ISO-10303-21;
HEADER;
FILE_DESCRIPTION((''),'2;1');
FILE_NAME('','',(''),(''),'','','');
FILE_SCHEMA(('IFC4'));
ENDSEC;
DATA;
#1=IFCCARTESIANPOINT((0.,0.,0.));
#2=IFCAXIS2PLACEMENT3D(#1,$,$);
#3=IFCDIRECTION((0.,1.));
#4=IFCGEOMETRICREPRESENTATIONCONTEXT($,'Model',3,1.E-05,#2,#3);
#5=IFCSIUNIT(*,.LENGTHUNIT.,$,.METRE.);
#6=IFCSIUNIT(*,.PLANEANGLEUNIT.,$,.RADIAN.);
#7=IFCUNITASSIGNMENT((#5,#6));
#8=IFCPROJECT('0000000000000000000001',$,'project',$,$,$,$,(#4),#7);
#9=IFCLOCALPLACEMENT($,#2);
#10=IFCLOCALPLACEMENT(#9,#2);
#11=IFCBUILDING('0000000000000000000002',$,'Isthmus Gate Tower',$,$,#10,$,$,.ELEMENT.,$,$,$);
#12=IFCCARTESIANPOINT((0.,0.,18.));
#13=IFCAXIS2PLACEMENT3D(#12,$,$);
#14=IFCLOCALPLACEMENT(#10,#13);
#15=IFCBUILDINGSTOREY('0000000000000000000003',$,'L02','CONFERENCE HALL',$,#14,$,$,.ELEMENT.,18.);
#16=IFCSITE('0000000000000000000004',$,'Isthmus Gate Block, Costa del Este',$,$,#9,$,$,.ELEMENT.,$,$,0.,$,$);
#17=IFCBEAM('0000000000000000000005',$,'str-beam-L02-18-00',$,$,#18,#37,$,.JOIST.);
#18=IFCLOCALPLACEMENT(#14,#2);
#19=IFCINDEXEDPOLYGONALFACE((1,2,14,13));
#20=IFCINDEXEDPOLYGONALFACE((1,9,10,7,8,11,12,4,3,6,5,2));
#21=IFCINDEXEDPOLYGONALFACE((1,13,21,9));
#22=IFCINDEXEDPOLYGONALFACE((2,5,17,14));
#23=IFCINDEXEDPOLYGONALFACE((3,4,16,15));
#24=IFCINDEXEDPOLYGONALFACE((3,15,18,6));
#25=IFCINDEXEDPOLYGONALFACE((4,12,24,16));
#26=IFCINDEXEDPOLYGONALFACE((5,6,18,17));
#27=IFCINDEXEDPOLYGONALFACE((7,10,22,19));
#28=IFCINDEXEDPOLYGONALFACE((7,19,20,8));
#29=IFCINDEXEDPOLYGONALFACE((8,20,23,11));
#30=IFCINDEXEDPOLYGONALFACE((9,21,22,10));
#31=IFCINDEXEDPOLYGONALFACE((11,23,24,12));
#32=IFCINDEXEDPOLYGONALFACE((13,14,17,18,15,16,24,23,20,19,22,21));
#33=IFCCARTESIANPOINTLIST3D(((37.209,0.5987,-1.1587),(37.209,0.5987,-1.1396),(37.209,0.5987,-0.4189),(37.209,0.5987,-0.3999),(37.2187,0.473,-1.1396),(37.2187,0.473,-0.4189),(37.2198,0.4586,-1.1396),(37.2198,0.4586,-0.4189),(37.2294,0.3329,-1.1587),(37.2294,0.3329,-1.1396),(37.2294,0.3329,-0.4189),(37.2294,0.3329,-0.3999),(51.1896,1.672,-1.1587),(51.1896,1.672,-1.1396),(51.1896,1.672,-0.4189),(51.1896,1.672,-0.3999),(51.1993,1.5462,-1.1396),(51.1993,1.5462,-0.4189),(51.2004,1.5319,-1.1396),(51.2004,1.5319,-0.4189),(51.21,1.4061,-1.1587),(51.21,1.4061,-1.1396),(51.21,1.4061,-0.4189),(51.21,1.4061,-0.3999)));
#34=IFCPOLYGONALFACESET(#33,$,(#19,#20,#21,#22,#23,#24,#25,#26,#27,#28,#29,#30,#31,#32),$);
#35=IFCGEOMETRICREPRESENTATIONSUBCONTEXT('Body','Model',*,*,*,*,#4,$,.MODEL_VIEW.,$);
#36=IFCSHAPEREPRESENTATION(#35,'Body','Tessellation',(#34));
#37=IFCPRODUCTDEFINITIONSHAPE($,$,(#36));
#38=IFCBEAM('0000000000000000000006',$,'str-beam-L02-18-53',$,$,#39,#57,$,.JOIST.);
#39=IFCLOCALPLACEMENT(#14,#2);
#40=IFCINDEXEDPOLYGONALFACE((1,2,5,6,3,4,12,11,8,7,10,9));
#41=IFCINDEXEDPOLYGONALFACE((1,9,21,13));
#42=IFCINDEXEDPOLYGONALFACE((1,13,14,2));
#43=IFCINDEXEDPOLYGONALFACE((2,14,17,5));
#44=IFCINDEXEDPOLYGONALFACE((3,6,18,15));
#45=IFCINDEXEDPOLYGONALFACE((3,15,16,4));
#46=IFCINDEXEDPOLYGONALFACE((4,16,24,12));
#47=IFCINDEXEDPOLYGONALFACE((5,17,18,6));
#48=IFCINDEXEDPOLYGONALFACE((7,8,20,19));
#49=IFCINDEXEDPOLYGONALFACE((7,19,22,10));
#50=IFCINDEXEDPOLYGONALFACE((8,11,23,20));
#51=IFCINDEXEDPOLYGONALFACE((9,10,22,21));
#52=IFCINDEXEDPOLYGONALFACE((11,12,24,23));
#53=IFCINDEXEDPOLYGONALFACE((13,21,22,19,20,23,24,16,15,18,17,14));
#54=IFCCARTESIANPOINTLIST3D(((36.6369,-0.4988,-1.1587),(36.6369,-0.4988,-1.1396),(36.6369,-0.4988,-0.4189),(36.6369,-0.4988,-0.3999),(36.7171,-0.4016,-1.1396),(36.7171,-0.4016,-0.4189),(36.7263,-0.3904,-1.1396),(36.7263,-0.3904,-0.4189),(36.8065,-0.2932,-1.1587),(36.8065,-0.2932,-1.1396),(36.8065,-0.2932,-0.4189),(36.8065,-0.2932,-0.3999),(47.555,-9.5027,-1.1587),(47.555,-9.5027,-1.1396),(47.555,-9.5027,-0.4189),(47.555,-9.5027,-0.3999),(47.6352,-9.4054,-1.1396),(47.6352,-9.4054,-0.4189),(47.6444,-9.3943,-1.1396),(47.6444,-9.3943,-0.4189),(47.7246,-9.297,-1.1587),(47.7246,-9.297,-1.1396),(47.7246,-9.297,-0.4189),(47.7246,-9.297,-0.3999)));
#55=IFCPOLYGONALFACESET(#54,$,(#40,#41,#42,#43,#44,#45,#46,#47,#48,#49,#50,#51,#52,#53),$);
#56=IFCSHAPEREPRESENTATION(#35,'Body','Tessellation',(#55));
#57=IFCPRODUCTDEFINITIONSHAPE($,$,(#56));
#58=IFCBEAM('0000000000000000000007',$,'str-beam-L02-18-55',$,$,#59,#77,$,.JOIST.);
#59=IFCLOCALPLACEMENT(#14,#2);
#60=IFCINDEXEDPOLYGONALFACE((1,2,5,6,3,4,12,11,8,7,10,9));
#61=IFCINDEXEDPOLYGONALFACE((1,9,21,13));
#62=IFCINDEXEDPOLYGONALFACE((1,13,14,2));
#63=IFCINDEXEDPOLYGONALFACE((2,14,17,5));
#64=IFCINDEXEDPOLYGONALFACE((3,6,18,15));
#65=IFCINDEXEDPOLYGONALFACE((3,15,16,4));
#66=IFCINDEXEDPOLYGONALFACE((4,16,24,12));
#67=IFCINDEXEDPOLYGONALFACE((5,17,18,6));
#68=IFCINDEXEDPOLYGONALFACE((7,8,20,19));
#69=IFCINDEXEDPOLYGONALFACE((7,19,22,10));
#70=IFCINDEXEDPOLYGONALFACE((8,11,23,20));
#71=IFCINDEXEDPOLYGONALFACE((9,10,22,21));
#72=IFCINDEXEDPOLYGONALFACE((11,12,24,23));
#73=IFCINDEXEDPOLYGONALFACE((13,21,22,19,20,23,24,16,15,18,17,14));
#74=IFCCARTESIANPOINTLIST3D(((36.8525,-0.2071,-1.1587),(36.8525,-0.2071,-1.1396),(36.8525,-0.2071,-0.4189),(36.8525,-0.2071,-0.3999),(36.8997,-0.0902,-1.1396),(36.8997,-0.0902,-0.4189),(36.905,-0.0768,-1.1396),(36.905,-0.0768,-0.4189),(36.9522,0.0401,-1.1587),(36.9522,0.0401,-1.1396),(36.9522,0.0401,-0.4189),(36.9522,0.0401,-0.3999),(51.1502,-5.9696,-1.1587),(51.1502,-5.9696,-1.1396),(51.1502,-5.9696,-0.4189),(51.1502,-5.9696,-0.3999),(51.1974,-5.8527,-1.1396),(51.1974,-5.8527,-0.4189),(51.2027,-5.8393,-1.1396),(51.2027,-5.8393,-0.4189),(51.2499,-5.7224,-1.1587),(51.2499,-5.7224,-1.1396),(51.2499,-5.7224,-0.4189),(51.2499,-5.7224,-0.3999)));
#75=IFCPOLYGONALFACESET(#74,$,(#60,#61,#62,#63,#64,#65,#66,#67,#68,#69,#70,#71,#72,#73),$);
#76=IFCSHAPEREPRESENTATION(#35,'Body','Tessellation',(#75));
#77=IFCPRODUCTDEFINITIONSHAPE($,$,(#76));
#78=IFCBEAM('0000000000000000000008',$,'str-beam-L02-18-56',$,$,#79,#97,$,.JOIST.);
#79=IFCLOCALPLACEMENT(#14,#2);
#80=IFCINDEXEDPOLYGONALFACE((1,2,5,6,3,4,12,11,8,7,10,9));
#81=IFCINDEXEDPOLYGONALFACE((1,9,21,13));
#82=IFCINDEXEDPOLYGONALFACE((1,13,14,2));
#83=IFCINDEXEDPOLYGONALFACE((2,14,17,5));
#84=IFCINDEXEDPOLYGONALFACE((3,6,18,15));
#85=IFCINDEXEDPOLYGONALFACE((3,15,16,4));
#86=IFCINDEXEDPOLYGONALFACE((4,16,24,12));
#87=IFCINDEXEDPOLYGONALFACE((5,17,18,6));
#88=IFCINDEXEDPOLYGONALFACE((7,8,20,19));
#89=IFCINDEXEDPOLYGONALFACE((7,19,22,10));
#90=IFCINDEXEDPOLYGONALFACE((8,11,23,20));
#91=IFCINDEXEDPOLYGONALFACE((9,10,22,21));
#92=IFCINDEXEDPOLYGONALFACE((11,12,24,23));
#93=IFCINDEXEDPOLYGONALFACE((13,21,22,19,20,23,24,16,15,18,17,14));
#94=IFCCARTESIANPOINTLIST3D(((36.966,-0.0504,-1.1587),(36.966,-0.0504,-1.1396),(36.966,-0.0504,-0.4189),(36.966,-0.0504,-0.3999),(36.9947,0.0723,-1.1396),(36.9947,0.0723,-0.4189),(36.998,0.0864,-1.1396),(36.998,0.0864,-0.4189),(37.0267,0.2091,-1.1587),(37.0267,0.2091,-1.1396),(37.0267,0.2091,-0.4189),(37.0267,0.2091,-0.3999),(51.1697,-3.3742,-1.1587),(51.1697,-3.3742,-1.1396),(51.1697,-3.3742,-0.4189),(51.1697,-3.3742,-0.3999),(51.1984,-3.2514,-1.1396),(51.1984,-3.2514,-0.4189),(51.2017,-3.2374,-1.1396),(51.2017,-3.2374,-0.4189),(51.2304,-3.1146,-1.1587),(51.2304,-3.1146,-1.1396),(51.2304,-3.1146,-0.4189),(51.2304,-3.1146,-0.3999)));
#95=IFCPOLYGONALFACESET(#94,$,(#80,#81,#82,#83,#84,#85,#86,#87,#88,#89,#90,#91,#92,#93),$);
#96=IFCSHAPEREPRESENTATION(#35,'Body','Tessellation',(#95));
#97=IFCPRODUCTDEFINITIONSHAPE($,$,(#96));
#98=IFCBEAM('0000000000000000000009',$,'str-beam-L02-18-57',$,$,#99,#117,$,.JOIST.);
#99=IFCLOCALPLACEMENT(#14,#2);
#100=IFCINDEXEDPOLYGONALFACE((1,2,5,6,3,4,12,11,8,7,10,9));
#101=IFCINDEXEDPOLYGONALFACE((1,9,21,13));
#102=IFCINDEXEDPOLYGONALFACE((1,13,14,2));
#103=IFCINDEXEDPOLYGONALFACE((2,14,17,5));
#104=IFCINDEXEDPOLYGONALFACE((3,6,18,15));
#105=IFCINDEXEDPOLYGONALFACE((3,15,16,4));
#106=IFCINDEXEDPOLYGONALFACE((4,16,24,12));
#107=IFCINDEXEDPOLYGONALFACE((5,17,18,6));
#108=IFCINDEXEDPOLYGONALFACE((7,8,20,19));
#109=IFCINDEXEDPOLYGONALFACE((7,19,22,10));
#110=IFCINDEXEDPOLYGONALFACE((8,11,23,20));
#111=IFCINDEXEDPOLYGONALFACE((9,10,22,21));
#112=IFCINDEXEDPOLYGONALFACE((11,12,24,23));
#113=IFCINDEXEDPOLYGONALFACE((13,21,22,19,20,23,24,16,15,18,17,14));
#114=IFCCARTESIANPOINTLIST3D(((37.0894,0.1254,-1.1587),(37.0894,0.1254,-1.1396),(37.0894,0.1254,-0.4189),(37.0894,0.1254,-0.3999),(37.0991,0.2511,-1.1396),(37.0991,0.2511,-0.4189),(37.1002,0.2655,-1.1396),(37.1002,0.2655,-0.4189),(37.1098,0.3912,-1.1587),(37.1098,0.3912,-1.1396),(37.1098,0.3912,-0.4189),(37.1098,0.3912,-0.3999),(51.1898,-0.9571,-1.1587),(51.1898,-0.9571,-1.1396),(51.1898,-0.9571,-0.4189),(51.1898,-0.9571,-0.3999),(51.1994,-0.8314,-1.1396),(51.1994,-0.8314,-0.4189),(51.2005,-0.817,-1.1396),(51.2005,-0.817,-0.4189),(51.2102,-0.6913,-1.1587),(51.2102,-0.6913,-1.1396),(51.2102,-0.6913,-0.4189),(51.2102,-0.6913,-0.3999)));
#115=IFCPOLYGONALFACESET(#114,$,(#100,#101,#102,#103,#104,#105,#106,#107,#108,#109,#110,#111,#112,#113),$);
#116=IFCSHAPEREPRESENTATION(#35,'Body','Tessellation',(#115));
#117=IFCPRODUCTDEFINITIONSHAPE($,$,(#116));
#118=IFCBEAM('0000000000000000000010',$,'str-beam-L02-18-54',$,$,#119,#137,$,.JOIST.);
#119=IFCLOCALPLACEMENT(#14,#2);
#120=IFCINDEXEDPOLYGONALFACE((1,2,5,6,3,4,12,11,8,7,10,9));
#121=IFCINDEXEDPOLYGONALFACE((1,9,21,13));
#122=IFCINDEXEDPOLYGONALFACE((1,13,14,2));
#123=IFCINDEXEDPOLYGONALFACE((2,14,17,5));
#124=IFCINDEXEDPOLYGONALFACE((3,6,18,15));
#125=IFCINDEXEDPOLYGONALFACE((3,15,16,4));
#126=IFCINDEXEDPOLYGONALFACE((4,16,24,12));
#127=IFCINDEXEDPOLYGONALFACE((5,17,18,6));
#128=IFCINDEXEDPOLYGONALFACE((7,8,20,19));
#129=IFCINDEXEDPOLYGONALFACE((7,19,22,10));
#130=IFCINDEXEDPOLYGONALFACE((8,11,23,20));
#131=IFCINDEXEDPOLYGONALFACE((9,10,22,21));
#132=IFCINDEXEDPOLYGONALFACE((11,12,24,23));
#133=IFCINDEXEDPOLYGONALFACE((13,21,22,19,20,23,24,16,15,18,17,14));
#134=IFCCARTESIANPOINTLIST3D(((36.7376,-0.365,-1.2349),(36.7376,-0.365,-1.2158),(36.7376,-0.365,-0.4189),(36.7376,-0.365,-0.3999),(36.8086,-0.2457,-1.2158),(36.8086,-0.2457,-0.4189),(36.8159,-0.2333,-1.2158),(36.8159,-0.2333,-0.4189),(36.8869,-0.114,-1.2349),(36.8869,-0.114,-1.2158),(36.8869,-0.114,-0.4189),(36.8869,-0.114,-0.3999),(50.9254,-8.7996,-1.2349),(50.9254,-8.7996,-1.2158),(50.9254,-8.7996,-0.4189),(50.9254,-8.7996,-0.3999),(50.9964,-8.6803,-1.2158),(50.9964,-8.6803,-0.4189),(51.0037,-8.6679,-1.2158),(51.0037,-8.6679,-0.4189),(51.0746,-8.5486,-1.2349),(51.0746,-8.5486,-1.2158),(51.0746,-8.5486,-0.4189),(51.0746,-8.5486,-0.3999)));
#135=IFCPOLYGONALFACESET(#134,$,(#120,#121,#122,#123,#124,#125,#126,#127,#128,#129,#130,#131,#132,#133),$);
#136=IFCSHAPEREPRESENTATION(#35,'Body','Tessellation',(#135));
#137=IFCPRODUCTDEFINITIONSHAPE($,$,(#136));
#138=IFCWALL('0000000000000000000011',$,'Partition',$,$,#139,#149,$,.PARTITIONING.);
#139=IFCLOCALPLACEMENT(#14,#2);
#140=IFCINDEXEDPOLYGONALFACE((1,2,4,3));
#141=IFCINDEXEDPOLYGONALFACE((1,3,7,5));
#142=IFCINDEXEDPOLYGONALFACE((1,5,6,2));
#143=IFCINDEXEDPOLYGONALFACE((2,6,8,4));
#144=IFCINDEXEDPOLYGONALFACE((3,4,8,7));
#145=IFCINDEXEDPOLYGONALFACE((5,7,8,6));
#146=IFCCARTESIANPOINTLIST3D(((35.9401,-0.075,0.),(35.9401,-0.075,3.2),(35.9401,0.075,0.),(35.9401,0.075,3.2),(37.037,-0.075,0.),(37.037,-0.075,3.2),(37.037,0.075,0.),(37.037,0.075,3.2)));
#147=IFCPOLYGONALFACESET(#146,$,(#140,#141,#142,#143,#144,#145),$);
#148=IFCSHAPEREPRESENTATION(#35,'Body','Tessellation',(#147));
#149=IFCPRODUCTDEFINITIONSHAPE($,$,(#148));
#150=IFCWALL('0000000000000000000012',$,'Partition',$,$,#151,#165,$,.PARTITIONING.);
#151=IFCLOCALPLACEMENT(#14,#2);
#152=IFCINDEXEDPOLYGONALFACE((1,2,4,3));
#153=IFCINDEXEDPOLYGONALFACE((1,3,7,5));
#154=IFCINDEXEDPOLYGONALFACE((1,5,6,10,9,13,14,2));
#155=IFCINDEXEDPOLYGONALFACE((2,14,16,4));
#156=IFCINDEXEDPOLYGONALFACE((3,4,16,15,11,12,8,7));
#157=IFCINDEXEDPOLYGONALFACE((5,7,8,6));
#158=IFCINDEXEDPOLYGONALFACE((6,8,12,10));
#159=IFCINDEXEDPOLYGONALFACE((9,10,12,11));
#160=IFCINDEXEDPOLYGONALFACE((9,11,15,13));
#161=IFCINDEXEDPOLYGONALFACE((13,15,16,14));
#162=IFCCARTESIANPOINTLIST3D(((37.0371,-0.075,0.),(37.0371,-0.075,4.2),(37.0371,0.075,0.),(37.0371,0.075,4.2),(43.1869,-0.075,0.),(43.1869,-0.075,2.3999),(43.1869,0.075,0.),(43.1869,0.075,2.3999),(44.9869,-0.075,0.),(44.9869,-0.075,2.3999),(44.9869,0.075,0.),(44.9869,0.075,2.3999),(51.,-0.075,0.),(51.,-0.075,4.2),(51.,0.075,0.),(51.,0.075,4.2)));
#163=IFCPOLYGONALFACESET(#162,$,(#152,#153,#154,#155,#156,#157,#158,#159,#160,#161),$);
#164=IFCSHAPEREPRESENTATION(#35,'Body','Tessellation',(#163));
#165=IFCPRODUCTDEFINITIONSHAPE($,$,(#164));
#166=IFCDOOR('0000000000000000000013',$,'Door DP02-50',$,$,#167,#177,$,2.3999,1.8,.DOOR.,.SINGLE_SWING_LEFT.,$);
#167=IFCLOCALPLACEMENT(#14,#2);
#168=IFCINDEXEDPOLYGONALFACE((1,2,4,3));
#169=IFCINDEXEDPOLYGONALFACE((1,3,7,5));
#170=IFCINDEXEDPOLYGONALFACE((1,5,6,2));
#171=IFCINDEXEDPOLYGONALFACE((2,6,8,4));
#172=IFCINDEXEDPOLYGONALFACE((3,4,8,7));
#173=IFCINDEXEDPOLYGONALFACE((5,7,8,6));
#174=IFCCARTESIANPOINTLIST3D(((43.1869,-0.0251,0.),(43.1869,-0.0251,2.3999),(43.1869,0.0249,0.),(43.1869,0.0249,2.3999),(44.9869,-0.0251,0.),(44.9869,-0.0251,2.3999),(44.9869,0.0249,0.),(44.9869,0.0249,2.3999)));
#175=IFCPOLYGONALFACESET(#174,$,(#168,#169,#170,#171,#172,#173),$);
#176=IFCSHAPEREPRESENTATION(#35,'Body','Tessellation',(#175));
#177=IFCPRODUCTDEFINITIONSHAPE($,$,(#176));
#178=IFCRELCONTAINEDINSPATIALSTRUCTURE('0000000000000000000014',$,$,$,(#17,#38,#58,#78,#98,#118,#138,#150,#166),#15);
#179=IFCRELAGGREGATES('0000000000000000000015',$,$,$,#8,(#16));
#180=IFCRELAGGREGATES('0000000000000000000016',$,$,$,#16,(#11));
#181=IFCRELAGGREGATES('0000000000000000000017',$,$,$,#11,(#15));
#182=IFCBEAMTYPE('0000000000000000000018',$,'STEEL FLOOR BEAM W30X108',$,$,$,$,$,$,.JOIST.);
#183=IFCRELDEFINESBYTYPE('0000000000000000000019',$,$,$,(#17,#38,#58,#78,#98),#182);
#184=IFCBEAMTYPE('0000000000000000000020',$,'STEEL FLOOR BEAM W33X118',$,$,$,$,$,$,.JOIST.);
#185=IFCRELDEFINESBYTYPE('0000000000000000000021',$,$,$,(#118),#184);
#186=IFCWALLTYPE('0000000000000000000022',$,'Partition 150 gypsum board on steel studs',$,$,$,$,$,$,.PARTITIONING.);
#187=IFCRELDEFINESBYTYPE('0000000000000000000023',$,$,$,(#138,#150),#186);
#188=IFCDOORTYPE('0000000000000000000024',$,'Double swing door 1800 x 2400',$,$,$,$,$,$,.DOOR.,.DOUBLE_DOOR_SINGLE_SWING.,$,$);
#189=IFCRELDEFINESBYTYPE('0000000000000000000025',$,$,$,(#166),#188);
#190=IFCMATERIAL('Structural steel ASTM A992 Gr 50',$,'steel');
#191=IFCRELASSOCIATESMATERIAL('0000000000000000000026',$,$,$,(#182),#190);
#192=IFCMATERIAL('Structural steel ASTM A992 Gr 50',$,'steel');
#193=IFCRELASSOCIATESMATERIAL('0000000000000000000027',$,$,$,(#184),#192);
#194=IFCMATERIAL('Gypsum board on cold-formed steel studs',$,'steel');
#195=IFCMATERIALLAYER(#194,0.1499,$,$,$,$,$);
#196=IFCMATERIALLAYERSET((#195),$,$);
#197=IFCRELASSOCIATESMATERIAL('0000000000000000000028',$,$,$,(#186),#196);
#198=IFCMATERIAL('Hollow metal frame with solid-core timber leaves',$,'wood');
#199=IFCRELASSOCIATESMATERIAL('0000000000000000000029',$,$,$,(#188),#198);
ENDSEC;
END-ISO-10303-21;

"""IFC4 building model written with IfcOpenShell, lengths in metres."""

from ifc_helpers import new_model, si_unit, direction, frame, frame_2d, origin, origin_2d, place, context, subcontext, project, spatial, rectangle, i_section, extrude, material, layer, layer_set, material_profile, profile_set, type_object, element, fill, save


model = new_model("IFC4")

# Units and contexts
model_context = context("Model", 3, precision=1e-05, world=origin(), true_north=direction((0.0, 1.0)))
body_context = subcontext(model_context, "Body", "Model", "MODEL_VIEW")
ifc_project = project(units=[si_unit("LENGTHUNIT", "METRE"), si_unit("PLANEANGLEUNIT", "RADIAN")], contexts=[model_context])

# Site, building, storey
site_placement = place(None, origin())
site = spatial("IfcSite", under=ifc_project, at=site_placement, Name="Isthmus Gate Block, Costa del Este", CompositionType="ELEMENT", RefElevation=0.0)
building_placement = place(site_placement, origin())
building = spatial("IfcBuilding", under=site, at=building_placement, Name="Isthmus Gate Tower", CompositionType="ELEMENT")
storey_placement = place(building_placement, frame((0.0, 0.0, 18.0)))
storey = spatial("IfcBuildingStorey", under=building, at=storey_placement, Name="L02", Description="CONFERENCE HALL", CompositionType="ELEMENT", Elevation=18.0)

# Beams
ifc_material_1 = material(Name="Structural steel ASTM A992 Gr 50", Category="steel")
ifc_material_profile_1 = material_profile(ifc_material_1, i_section(OverallWidth=0.2666, OverallDepth=0.7588, WebThickness=0.0144, FlangeThickness=0.019, at=origin_2d()), Name="W30X108")
ifc_profile_set_1 = profile_set([ifc_material_profile_1], Name="Structural steel ASTM A992 Gr 50")
beam_type_1 = type_object("IfcBeamType", Name="STEEL FLOOR BEAM W30X108", PredefinedType="JOIST", material=ifc_profile_set_1)
beam_1_placement = place(storey_placement, frame((37.2192, 0.4658, -0.7793), z_axis=(0.997066, 0.076541, 0.0), x_axis=(-0.076541, 0.997066, 0.0)))
element("IfcBeam", 1, at=beam_1_placement, inside=storey, type_object=beam_type_1, Name="str-beam-L02-18-00", PredefinedType="JOIST", context=body_context, shape_type="SweptSolid", body=[
    extrude(i_section(OverallWidth=0.2666, OverallDepth=0.7588, WebThickness=0.0144, FlangeThickness=0.019, at=origin_2d()), origin(), (0.0, 0.0, 1.0), 14.0217),
])
beam_2_placement = place(storey_placement, frame((36.7217, -0.396, -0.7793), z_axis=(0.771499, -0.636231, 0.0), x_axis=(0.636231, 0.771499, 0.0)))
element("IfcBeam", 2, at=beam_2_placement, inside=storey, type_object=beam_type_1, Name="str-beam-L02-18-53", PredefinedType="JOIST", context=body_context, shape_type="SweptSolid", body=[
    extrude(i_section(OverallWidth=0.2666, OverallDepth=0.7588, WebThickness=0.0144, FlangeThickness=0.019, at=origin_2d()), origin(), (0.0, 0.0, 1.0), 14.1519),
])
beam_3_placement = place(storey_placement, frame((36.9023, -0.0835, -0.7793), z_axis=(0.927503, -0.373817, 0.0), x_axis=(0.373817, 0.927503, 0.0)))
element("IfcBeam", 3, at=beam_3_placement, inside=storey, type_object=beam_type_1, Name="str-beam-L02-18-55", PredefinedType="JOIST", context=body_context, shape_type="SweptSolid", body=[
    extrude(i_section(OverallWidth=0.2666, OverallDepth=0.7588, WebThickness=0.0144, FlangeThickness=0.019, at=origin_2d()), origin(), (0.0, 0.0, 1.0), 15.4153),
])
beam_4_placement = place(storey_placement, frame((36.9963, 0.0793, -0.7793), z_axis=(0.973696, -0.227851, 0.0), x_axis=(0.227851, 0.973696, 0.0)))
element("IfcBeam", 4, at=beam_4_placement, inside=storey, type_object=beam_type_1, Name="str-beam-L02-18-56", PredefinedType="JOIST", context=body_context, shape_type="SweptSolid", body=[
    extrude(i_section(OverallWidth=0.2666, OverallDepth=0.7588, WebThickness=0.0144, FlangeThickness=0.019, at=origin_2d()), origin(), (0.0, 0.0, 1.0), 14.5874),
])
beam_5_placement = place(storey_placement, frame((37.0996, 0.2583, -0.7793), z_axis=(0.997066, -0.076547, 0.0), x_axis=(0.076547, 0.997066, 0.0)))
element("IfcBeam", 5, at=beam_5_placement, inside=storey, type_object=beam_type_1, Name="str-beam-L02-18-57", PredefinedType="JOIST", context=body_context, shape_type="SweptSolid", body=[
    extrude(i_section(OverallWidth=0.2666, OverallDepth=0.7588, WebThickness=0.0144, FlangeThickness=0.019, at=origin_2d()), origin(), (0.0, 0.0, 1.0), 14.1418),
])
ifc_material_2 = material(Name="Structural steel ASTM A992 Gr 50", Category="steel")
ifc_material_profile_2 = material_profile(ifc_material_2, i_section(OverallWidth=0.292, OverallDepth=0.835, WebThickness=0.0144, FlangeThickness=0.019, at=origin_2d()), Name="W33X118")
ifc_profile_set_2 = profile_set([ifc_material_profile_2], Name="Structural steel ASTM A992 Gr 50")
beam_type_2 = type_object("IfcBeamType", Name="STEEL FLOOR BEAM W33X118", PredefinedType="JOIST", material=ifc_profile_set_2)
beam_6_placement = place(storey_placement, frame((36.8123, -0.2395, -0.8174), z_axis=(0.859573, -0.511013, 0.0), x_axis=(0.511013, 0.859573, 0.0)))
element("IfcBeam", 6, at=beam_6_placement, inside=storey, type_object=beam_type_2, Name="str-beam-L02-18-54", PredefinedType="JOIST", context=body_context, shape_type="SweptSolid", body=[
    extrude(i_section(OverallWidth=0.292, OverallDepth=0.835, WebThickness=0.0144, FlangeThickness=0.019, at=origin_2d()), origin(), (0.0, 0.0, 1.0), 16.5056),
])

# Wall
ifc_material_3 = material(Name="Gypsum board on cold-formed steel studs", Category="steel")
ifc_layer = layer(ifc_material_3, 0.1499)
ifc_layer_set = layer_set([ifc_layer])
wall_type = type_object("IfcWallType", Name="Partition 150 gypsum board on steel studs", PredefinedType="PARTITIONING", material=ifc_layer_set)
wall_1_placement = place(storey_placement, frame((35.9402, 0.0, 0.0), z_axis=(0.0, 0.0, 1.0), x_axis=(1.0, 0.0, 0.0)))
element("IfcWall", 7, at=wall_1_placement, inside=storey, type_object=wall_type, Name="Partition", PredefinedType="PARTITIONING", context=body_context, shape_type="SweptSolid", body=[
    extrude(rectangle(XDim=1.0969, YDim=0.1499, at=frame_2d((0.5483, 0.0))), origin(), (0.0, 0.0, 1.0), 3.2),
])

# Wall, opening, door
wall_2_placement = place(storey_placement, frame((37.0371, 0.0, 0.0), z_axis=(0.0, 0.0, 1.0), x_axis=(1.0, 0.0, 0.0)))
wall_2 = element("IfcWall", 8, at=wall_2_placement, inside=storey, type_object=wall_type, Name="Partition", PredefinedType="PARTITIONING", context=body_context, shape_type="SweptSolid", body=[
    extrude(rectangle(XDim=13.9629, YDim=0.1499, at=frame_2d((6.9814, 0.0))), origin(), (0.0, 0.0, 1.0), 4.2),
])
opening_placement = place(wall_2_placement, frame((6.1499, 0.0, 0.0)))
opening = element("IfcOpeningElement", 9, at=opening_placement, cuts=wall_2, PredefinedType="OPENING", context=body_context, shape_type="SweptSolid", body=[
    extrude(rectangle(XDim=1.8, YDim=2.3999, at=frame_2d((0.8999, 1.2))), frame((0.0, 0.085, 0.0), z_axis=(0.0, -1.0, 0.0), x_axis=(1.0, 0.0, 0.0)), (0.0, 0.0, 1.0), 0.1699),
])
ifc_material_4 = material(Name="Hollow metal frame with solid-core timber leaves", Category="wood")
door_type = type_object("IfcDoorType", Name="Double swing door 1800 x 2400", OperationType="DOUBLE_DOOR_SINGLE_SWING", PredefinedType="DOOR", material=ifc_material_4)
door_placement = place(opening_placement, origin())
door = element("IfcDoor", 10, at=door_placement, inside=storey, type_object=door_type, Name="Door DP02-50", OperationType="SINGLE_SWING_LEFT", OverallHeight=2.3999, OverallWidth=1.8, PredefinedType="DOOR", context=body_context, shape_type="SweptSolid", body=[
    extrude(rectangle(XDim=1.8, YDim=2.3999, at=frame_2d((0.8999, 1.2))), frame((0.0, 0.0249, 0.0), z_axis=(0.0, -1.0, 0.0), x_axis=(1.0, 0.0, 0.0)), (0.0, 0.0, 1.0), 0.05),
])
fill(opening, door)

save(model, "model.ifc")
